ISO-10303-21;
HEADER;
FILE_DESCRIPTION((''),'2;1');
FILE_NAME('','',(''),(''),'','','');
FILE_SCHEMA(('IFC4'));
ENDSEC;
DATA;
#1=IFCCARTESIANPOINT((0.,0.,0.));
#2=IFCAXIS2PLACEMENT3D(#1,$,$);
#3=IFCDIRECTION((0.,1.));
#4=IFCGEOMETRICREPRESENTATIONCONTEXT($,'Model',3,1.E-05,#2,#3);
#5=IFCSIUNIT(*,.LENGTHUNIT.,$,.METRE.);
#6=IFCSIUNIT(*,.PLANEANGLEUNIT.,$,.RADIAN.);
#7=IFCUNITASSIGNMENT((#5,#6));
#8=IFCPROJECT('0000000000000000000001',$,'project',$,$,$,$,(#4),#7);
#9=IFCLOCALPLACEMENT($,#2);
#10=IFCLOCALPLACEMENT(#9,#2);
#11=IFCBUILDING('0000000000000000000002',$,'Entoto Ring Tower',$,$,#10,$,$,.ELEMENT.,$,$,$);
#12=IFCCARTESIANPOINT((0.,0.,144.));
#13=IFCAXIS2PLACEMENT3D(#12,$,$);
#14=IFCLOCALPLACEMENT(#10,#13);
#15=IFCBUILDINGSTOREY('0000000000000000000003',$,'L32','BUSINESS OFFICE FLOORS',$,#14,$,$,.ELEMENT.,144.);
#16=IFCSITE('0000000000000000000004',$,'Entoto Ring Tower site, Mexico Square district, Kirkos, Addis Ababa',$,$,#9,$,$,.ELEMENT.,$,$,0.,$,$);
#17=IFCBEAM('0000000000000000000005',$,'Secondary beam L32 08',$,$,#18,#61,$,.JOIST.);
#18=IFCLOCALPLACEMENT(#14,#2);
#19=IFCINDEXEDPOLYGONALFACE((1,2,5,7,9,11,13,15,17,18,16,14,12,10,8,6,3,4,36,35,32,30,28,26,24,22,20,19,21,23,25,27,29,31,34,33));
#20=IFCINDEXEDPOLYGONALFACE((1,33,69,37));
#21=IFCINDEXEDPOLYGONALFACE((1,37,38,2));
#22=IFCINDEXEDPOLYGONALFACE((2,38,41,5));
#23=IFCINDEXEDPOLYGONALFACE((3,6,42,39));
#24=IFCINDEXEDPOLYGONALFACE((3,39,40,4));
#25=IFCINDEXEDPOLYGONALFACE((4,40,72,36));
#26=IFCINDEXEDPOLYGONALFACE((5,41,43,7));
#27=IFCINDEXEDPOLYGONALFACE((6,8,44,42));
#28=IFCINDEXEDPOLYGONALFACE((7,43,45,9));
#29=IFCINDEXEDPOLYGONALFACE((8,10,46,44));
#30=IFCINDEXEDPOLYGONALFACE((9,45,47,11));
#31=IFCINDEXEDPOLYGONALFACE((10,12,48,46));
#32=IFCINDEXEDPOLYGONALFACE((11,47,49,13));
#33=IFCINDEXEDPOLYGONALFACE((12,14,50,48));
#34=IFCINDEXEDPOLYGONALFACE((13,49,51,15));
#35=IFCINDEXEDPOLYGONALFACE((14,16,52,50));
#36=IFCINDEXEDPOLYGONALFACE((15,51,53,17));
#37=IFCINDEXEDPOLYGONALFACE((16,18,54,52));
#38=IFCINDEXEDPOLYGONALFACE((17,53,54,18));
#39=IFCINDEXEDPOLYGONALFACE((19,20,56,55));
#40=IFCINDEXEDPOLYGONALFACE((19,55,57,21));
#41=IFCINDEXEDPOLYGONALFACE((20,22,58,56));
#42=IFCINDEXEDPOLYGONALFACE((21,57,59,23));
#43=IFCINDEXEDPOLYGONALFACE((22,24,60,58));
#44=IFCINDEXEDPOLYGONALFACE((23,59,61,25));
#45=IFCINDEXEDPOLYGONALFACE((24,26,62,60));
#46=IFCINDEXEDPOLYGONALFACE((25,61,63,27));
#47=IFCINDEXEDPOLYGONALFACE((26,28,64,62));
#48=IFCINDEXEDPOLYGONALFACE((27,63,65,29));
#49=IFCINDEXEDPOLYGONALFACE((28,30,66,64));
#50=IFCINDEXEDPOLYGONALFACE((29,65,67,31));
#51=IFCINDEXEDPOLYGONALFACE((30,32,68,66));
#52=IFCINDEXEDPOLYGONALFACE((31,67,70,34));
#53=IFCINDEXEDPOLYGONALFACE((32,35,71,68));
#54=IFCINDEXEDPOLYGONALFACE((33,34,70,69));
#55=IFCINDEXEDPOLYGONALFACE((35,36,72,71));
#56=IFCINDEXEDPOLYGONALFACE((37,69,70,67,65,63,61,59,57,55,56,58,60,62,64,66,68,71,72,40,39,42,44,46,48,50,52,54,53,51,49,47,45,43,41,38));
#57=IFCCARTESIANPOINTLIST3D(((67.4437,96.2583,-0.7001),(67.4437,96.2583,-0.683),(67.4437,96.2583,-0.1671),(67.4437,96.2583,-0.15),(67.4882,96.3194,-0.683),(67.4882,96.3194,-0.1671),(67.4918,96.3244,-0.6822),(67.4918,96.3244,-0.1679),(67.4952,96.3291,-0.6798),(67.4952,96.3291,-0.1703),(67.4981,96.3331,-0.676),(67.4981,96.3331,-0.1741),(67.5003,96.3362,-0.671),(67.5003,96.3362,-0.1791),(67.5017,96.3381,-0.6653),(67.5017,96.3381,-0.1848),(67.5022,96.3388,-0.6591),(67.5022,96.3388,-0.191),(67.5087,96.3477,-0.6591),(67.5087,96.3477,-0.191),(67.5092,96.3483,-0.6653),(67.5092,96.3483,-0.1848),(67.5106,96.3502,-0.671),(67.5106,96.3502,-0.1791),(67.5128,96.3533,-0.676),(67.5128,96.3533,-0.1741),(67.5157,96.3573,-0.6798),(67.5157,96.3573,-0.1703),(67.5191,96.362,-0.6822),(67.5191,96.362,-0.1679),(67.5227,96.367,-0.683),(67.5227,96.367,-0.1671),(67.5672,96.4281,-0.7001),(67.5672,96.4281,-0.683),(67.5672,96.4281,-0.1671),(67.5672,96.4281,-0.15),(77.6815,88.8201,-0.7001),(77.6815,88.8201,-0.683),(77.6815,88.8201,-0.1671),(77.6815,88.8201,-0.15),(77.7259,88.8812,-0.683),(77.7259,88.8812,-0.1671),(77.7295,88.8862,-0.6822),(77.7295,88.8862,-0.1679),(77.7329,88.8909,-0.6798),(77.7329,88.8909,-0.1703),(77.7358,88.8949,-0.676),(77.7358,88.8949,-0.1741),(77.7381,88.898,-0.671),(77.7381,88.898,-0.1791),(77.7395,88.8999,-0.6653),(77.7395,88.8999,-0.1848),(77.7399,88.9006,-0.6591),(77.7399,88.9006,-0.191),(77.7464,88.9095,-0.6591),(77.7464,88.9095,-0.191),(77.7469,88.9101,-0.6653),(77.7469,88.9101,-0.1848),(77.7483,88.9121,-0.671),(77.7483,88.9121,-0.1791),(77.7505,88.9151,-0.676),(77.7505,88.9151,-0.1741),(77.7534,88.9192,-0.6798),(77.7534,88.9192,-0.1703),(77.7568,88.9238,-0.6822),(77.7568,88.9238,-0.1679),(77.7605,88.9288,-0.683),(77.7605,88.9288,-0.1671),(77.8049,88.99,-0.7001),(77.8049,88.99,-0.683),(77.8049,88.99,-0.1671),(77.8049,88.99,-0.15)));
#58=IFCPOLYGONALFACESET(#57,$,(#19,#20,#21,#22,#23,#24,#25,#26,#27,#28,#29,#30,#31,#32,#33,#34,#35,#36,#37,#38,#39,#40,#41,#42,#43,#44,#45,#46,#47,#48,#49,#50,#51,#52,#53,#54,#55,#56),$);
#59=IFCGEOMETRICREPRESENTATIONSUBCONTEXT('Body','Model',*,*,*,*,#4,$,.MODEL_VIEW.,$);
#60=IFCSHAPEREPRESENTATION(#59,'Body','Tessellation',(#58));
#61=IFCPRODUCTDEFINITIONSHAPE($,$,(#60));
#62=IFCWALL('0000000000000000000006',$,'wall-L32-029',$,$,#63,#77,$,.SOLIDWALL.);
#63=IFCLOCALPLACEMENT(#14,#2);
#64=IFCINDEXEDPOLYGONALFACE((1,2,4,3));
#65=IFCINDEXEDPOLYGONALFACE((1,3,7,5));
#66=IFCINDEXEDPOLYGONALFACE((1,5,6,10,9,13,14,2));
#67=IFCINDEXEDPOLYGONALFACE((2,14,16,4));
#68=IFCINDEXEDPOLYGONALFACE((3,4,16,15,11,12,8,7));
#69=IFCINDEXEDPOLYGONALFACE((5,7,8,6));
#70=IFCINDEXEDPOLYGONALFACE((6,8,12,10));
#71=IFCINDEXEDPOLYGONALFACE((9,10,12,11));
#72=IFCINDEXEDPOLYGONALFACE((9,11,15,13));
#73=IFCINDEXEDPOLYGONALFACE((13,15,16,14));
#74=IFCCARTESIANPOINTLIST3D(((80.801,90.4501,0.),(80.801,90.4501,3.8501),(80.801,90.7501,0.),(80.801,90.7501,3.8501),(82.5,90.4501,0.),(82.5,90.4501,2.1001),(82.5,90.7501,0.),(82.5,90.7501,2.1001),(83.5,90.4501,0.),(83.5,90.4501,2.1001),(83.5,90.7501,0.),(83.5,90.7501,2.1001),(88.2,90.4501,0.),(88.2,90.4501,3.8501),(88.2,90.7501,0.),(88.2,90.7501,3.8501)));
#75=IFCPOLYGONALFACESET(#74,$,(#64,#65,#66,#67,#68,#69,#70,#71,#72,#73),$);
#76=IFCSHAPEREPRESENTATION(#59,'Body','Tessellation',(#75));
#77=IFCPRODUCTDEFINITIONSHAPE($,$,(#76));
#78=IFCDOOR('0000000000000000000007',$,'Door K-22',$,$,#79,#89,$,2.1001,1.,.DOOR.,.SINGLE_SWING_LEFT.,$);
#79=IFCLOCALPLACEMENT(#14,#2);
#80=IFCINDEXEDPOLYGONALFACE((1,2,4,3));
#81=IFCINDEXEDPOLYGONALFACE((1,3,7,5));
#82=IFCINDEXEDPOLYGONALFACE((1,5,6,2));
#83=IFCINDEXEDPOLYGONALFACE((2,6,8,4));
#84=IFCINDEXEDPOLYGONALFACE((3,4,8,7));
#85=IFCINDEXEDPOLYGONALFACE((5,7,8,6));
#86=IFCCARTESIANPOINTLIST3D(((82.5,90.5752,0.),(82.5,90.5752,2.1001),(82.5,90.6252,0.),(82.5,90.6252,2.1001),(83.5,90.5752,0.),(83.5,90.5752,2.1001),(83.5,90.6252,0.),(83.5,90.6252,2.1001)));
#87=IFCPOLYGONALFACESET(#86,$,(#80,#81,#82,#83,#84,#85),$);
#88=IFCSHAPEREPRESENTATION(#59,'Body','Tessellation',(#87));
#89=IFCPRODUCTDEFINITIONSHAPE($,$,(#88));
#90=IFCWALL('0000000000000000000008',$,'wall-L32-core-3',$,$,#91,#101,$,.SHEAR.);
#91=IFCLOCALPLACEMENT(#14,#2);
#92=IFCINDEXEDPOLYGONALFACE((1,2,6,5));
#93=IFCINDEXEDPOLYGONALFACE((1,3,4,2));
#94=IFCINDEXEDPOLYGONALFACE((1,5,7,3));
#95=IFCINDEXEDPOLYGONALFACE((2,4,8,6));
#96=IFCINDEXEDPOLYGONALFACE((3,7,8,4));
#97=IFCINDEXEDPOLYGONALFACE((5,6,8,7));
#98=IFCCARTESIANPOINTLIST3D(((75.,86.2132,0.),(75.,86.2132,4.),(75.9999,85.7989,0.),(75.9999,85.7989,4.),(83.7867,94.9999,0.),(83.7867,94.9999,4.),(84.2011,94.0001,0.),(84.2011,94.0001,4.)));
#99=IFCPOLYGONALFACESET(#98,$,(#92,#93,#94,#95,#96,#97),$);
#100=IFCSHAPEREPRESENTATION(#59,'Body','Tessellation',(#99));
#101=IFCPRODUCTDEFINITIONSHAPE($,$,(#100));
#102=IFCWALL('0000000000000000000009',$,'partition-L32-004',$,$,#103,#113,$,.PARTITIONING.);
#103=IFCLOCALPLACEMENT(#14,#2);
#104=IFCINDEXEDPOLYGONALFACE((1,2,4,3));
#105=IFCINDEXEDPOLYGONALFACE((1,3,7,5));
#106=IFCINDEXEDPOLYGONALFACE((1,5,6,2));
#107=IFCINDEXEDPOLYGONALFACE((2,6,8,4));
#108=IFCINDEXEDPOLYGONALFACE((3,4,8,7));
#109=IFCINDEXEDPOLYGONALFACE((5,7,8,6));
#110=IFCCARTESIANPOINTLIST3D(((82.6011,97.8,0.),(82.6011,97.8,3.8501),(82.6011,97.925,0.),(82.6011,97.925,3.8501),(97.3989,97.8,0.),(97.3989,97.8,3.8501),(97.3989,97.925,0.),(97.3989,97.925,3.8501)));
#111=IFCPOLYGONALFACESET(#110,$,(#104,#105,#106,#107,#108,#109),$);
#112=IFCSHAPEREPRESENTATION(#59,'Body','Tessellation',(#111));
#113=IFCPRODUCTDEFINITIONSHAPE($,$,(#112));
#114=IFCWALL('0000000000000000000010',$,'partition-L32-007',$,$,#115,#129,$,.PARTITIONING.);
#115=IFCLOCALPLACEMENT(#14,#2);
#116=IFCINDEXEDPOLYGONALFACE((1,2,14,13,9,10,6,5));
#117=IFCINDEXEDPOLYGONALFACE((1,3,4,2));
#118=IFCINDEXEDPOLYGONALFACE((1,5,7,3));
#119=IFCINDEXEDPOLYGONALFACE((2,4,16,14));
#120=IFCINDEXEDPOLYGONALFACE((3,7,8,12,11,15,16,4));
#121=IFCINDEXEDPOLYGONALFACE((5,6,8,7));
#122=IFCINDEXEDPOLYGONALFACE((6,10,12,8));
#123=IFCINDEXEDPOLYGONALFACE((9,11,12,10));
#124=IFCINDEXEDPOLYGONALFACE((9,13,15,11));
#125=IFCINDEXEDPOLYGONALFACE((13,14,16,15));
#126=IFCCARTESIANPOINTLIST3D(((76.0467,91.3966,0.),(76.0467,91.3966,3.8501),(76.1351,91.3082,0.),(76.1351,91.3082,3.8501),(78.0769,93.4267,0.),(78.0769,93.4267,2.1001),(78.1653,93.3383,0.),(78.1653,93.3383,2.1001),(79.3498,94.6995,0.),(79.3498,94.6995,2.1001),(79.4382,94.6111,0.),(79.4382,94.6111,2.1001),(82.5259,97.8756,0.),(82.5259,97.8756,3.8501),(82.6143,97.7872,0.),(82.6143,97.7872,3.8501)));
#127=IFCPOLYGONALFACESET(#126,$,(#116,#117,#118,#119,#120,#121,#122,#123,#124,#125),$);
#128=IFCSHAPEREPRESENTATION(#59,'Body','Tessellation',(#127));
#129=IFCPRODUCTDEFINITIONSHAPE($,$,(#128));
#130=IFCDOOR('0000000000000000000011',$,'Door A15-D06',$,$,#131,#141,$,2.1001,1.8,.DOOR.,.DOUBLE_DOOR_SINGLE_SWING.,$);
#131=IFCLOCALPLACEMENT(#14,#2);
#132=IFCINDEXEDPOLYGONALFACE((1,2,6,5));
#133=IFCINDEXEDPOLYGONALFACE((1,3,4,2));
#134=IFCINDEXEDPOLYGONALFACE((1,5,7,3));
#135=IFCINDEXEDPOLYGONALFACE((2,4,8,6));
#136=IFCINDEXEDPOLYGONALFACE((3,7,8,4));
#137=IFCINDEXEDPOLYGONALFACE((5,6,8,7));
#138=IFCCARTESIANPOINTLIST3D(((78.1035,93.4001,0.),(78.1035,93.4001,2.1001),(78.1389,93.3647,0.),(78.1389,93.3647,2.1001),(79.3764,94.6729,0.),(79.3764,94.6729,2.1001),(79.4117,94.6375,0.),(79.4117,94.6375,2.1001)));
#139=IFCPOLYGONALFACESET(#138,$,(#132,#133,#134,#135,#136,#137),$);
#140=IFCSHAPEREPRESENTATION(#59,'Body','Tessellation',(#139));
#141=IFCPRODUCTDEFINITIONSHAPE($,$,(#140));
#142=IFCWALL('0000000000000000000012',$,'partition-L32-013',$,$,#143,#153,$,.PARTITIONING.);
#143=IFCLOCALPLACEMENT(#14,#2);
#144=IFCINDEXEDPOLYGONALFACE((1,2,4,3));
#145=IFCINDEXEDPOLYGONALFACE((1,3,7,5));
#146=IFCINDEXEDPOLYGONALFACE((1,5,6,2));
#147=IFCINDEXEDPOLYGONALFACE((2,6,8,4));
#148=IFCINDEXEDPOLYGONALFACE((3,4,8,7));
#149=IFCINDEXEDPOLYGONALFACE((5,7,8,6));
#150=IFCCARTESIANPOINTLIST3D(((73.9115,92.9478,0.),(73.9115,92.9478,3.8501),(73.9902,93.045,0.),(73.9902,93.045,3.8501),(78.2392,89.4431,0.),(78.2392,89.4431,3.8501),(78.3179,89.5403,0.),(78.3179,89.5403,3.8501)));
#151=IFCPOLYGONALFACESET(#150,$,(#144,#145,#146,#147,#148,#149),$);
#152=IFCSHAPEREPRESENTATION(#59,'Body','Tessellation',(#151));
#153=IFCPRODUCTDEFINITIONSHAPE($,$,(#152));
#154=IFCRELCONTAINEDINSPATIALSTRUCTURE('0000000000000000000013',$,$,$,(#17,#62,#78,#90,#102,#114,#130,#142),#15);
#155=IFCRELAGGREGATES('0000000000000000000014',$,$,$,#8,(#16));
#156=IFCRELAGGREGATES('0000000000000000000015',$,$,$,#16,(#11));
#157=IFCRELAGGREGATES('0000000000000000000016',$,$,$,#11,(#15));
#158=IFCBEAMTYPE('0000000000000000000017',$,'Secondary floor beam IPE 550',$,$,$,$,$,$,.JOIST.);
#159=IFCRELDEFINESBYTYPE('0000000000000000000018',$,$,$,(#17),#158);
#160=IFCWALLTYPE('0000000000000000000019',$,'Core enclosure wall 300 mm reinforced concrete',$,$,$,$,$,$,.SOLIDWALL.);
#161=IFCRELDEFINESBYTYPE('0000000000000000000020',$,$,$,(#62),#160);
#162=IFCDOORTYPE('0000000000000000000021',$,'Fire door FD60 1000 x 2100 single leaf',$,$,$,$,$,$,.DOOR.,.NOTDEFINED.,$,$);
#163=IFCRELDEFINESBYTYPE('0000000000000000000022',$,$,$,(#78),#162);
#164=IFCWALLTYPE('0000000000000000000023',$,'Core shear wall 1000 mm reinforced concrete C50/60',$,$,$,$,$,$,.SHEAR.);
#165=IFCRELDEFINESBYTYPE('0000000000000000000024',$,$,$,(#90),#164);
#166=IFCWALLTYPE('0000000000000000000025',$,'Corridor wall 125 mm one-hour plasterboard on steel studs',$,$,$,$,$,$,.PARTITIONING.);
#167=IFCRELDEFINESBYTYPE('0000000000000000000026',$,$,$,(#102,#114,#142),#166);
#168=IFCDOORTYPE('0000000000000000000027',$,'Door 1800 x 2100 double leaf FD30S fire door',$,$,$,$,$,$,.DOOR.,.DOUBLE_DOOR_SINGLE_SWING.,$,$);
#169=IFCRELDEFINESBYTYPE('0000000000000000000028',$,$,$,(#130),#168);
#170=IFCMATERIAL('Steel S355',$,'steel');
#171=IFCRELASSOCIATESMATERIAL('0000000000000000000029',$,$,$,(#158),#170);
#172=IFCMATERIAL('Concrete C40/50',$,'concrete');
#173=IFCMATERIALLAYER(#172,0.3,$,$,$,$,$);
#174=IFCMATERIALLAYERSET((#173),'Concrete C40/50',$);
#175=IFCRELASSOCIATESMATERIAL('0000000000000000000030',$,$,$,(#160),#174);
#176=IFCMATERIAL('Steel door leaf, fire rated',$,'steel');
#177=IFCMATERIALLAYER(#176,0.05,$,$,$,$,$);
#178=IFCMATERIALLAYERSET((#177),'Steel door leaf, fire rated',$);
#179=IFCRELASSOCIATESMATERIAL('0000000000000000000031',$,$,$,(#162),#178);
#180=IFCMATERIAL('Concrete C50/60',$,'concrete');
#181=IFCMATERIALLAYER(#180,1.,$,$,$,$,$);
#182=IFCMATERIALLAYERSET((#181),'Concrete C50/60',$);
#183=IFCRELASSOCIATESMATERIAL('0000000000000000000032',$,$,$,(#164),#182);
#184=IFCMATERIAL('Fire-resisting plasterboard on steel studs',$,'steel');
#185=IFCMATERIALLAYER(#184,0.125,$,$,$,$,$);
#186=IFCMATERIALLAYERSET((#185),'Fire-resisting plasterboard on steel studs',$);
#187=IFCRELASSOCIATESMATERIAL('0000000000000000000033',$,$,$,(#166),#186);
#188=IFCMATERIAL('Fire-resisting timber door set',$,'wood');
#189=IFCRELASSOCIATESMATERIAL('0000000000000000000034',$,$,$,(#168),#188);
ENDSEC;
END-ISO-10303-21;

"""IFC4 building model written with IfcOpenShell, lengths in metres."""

from ifc_helpers import new_model, si_unit, direction, frame, frame_2d, origin, origin_2d, place, context, subcontext, project, spatial, polyline, rectangle, i_section, outline, extrude, material, layer, layer_set, material_profile, profile_set, type_object, element, fill, save


model = new_model("IFC4")

# Units and contexts
model_context = context("Model", 3, precision=1e-05, world=origin(), true_north=direction((0.0, 1.0)))
body_context = subcontext(model_context, "Body", "Model", "MODEL_VIEW")
ifc_project = project(units=[si_unit("LENGTHUNIT", "METRE"), si_unit("PLANEANGLEUNIT", "RADIAN")], contexts=[model_context])

# Site, building, storey
site_placement = place(None, origin())
site = spatial("IfcSite", under=ifc_project, at=site_placement, Name="Entoto Ring Tower site, Mexico Square district, Kirkos, Addis Ababa", CompositionType="ELEMENT", RefElevation=0.0)
building_placement = place(site_placement, origin())
building = spatial("IfcBuilding", under=site, at=building_placement, Name="Entoto Ring Tower", CompositionType="ELEMENT")
storey_placement = place(building_placement, frame((0.0, 0.0, 144.0)))
storey = spatial("IfcBuildingStorey", under=building, at=storey_placement, Name="L32", Description="BUSINESS OFFICE FLOORS", CompositionType="ELEMENT", Elevation=144.0)

# Beam
ifc_material_1 = material(Name="Steel S355", Category="steel")
ifc_material_profile_1 = material_profile(ifc_material_1, i_section(OverallWidth=0.21, OverallDepth=0.55, WebThickness=0.011, FlangeThickness=0.0171, FilletRadius=0.0239, at=origin_2d()), Name="IPE 550")
ifc_profile_set_1 = profile_set([ifc_material_profile_1], Name="Steel S355")
beam_type_1 = type_object("IfcBeamType", Name="Secondary floor beam IPE 550", PredefinedType="JOIST", material=ifc_profile_set_1)
for number, where, z_axis, x_axis, name in (
    (1, (77.7432, 88.905, -0.425), (-0.809015, 0.587787, 0.0), (-0.587787, -0.809015, 0.0), "Secondary beam L32 08"),
):
    element("IfcBeam", number, at=place(storey_placement, frame(where, z_axis=z_axis, x_axis=x_axis)), inside=storey, type_object=beam_type_1, Name=name, PredefinedType="JOIST", context=body_context, shape_type="SweptSolid", body=[
        extrude(i_section(OverallWidth=0.21, OverallDepth=0.55, WebThickness=0.011, FlangeThickness=0.0171, FilletRadius=0.0239, at=origin_2d()), origin(), (0.0, 0.0, 1.0), 12.6545),
    ])

# Wall, opening, door
ifc_material_2 = material(Name="Concrete C40/50", Category="concrete")
ifc_layer_1 = layer(ifc_material_2, 0.3)
ifc_layer_set_1 = layer_set([ifc_layer_1], Name="Concrete C40/50")
wall_type_1 = type_object("IfcWallType", Name="Core enclosure wall 300 mm reinforced concrete", PredefinedType="SOLIDWALL", material=ifc_layer_set_1)
wall_1_placement = place(storey_placement, frame((80.801, 90.6001, 0.0), z_axis=(0.0, 0.0, 1.0), x_axis=(1.0, 0.0, 0.0)))
wall_1 = element("IfcWall", 2, at=wall_1_placement, inside=storey, type_object=wall_type_1, Name="wall-L32-029", PredefinedType="SOLIDWALL", context=body_context, shape_type="SweptSolid", body=[
    extrude(rectangle(XDim=7.3989, YDim=0.3, at=frame_2d((3.6995, 0.0))), origin(), (0.0, 0.0, 1.0), 3.8501),
])
opening_1_placement = place(wall_1_placement, frame((1.699, 0.0, 0.0)))
opening_1 = element("IfcOpeningElement", 3, at=opening_1_placement, cuts=wall_1, PredefinedType="OPENING", context=body_context, shape_type="SweptSolid", body=[
    extrude(rectangle(XDim=1.0, YDim=2.1001, at=frame_2d((0.5, 1.05))), frame((0.0, 0.1602, 0.0), z_axis=(0.0, -1.0, 0.0), x_axis=(1.0, 0.0, 0.0)), (0.0, 0.0, 1.0), 0.3201),
])
ifc_material_3 = material(Name="Steel door leaf, fire rated", Category="steel")
ifc_layer_2 = layer(ifc_material_3, 0.05)
ifc_layer_set_2 = layer_set([ifc_layer_2], Name="Steel door leaf, fire rated")
door_type_1 = type_object("IfcDoorType", Name="Fire door FD60 1000 x 2100 single leaf", OperationType="NOTDEFINED", PredefinedType="DOOR", material=ifc_layer_set_2)
door_1_placement = place(opening_1_placement, frame((1.0, 0.0, 0.0), z_axis=(0.0, 0.0, 1.0), x_axis=(-1.0, 0.0, 0.0)))
door_1 = element("IfcDoor", 4, at=door_1_placement, inside=storey, type_object=door_type_1, Name="Door K-22", OperationType="SINGLE_SWING_LEFT", OverallHeight=2.1001, OverallWidth=1.0, PredefinedType="DOOR", context=body_context, shape_type="SweptSolid", body=[
    extrude(rectangle(XDim=1.0, YDim=2.1001, at=frame_2d((0.5, 1.05))), frame((0.0, 0.0249, 0.0), z_axis=(0.0, -1.0, 0.0), x_axis=(1.0, 0.0, 0.0)), (0.0, 0.0, 1.0), 0.05),
])
fill(opening_1, door_1)

# Walls
ifc_material_4 = material(Name="Concrete C50/60", Category="concrete")
ifc_layer_3 = layer(ifc_material_4, 1.0)
ifc_layer_set_3 = layer_set([ifc_layer_3], Name="Concrete C50/60")
wall_type_2 = type_object("IfcWallType", Name="Core shear wall 1000 mm reinforced concrete C50/60", PredefinedType="SHEAR", material=ifc_layer_set_3)
wall_2_placement = place(storey_placement, frame((83.9939, 94.5, 0.0), z_axis=(0.0, 0.0, 1.0), x_axis=(-0.707107, -0.707107, 0.0)))
element("IfcWall", 5, at=wall_2_placement, inside=storey, type_object=wall_type_2, Name="wall-L32-core-3", PredefinedType="SHEAR", context=body_context, shape_type="SweptSolid", body=[
    extrude(outline(polyline([(-0.207, -0.5), (12.2192, -0.5), (11.8052, 0.5), (0.207, 0.5), (-0.207, -0.5)])), origin(), (0.0, 0.0, 1.0), 4.0),
])
ifc_material_5 = material(Name="Fire-resisting plasterboard on steel studs", Category="steel")
ifc_layer_4 = layer(ifc_material_5, 0.125)
ifc_layer_set_4 = layer_set([ifc_layer_4], Name="Fire-resisting plasterboard on steel studs")
wall_type_3 = type_object("IfcWallType", Name="Corridor wall 125 mm one-hour plasterboard on steel studs", PredefinedType="PARTITIONING", material=ifc_layer_set_4)
wall_3_placement = place(storey_placement, frame((82.6011, 97.8625, 0.0), z_axis=(0.0, 0.0, 1.0), x_axis=(1.0, 0.0, 0.0)))
element("IfcWall", 6, at=wall_3_placement, inside=storey, type_object=wall_type_3, Name="partition-L32-004", PredefinedType="PARTITIONING", context=body_context, shape_type="SweptSolid", body=[
    extrude(rectangle(XDim=14.7979, YDim=0.125, at=frame_2d((7.3989, 0.0))), origin(), (0.0, 0.0, 1.0), 3.8501),
])

# Wall, opening, door
wall_4_placement = place(storey_placement, frame((76.0908, 91.3523, 0.0), z_axis=(0.0, 0.0, 1.0), x_axis=(0.70712, 0.707093, 0.0)))
wall_4 = element("IfcWall", 7, at=wall_4_placement, inside=storey, type_object=wall_type_3, Name="partition-L32-007", PredefinedType="PARTITIONING", context=body_context, shape_type="SweptSolid", body=[
    extrude(rectangle(XDim=9.1628, YDim=0.125, at=frame_2d((4.5815, 0.0))), origin(), (0.0, 0.0, 1.0), 3.8501),
])
opening_2_placement = place(wall_4_placement, frame((2.8713, 0.0, 0.0)))
opening_2 = element("IfcOpeningElement", 8, at=opening_2_placement, cuts=wall_4, PredefinedType="OPENING", context=body_context, shape_type="SweptSolid", body=[
    extrude(rectangle(XDim=1.8, YDim=2.1001, at=frame_2d((0.8999, 1.05))), frame((0.0, 0.0725, 0.0), z_axis=(0.0, -1.0, 0.0), x_axis=(1.0, 0.0, 0.0)), (0.0, 0.0, 1.0), 0.145),
])
ifc_material_6 = material(Name="Fire-resisting timber door set", Category="wood")
door_type_2 = type_object("IfcDoorType", Name="Door 1800 x 2100 double leaf FD30S fire door", OperationType="DOUBLE_DOOR_SINGLE_SWING", PredefinedType="DOOR", material=ifc_material_6)
door_2_placement = place(opening_2_placement, origin())
door_2 = element("IfcDoor", 9, at=door_2_placement, inside=storey, type_object=door_type_2, Name="Door A15-D06", OperationType="DOUBLE_DOOR_SINGLE_SWING", OverallHeight=2.1001, OverallWidth=1.8, PredefinedType="DOOR", context=body_context, shape_type="SweptSolid", body=[
    extrude(rectangle(XDim=1.8, YDim=2.1001, at=frame_2d((0.8999, 1.05))), frame((0.0, 0.0249, 0.0), z_axis=(0.0, -1.0, 0.0), x_axis=(1.0, 0.0, 0.0)), (0.0, 0.0, 1.0), 0.05),
])
fill(opening_2, door_2)

# Wall
wall_5_placement = place(storey_placement, frame((78.2786, 89.4917, 0.0), z_axis=(0.0, 0.0, 1.0), x_axis=(-0.777129, 0.629341, 0.0)))
element("IfcWall", 10, at=wall_5_placement, inside=storey, type_object=wall_type_3, Name="partition-L32-013", PredefinedType="PARTITIONING", context=body_context, shape_type="SweptSolid", body=[
    extrude(rectangle(XDim=5.5688, YDim=0.125, at=frame_2d((2.7844, 0.0))), origin(), (0.0, 0.0, 1.0), 3.8501),
])

save(model, "model.ifc")
